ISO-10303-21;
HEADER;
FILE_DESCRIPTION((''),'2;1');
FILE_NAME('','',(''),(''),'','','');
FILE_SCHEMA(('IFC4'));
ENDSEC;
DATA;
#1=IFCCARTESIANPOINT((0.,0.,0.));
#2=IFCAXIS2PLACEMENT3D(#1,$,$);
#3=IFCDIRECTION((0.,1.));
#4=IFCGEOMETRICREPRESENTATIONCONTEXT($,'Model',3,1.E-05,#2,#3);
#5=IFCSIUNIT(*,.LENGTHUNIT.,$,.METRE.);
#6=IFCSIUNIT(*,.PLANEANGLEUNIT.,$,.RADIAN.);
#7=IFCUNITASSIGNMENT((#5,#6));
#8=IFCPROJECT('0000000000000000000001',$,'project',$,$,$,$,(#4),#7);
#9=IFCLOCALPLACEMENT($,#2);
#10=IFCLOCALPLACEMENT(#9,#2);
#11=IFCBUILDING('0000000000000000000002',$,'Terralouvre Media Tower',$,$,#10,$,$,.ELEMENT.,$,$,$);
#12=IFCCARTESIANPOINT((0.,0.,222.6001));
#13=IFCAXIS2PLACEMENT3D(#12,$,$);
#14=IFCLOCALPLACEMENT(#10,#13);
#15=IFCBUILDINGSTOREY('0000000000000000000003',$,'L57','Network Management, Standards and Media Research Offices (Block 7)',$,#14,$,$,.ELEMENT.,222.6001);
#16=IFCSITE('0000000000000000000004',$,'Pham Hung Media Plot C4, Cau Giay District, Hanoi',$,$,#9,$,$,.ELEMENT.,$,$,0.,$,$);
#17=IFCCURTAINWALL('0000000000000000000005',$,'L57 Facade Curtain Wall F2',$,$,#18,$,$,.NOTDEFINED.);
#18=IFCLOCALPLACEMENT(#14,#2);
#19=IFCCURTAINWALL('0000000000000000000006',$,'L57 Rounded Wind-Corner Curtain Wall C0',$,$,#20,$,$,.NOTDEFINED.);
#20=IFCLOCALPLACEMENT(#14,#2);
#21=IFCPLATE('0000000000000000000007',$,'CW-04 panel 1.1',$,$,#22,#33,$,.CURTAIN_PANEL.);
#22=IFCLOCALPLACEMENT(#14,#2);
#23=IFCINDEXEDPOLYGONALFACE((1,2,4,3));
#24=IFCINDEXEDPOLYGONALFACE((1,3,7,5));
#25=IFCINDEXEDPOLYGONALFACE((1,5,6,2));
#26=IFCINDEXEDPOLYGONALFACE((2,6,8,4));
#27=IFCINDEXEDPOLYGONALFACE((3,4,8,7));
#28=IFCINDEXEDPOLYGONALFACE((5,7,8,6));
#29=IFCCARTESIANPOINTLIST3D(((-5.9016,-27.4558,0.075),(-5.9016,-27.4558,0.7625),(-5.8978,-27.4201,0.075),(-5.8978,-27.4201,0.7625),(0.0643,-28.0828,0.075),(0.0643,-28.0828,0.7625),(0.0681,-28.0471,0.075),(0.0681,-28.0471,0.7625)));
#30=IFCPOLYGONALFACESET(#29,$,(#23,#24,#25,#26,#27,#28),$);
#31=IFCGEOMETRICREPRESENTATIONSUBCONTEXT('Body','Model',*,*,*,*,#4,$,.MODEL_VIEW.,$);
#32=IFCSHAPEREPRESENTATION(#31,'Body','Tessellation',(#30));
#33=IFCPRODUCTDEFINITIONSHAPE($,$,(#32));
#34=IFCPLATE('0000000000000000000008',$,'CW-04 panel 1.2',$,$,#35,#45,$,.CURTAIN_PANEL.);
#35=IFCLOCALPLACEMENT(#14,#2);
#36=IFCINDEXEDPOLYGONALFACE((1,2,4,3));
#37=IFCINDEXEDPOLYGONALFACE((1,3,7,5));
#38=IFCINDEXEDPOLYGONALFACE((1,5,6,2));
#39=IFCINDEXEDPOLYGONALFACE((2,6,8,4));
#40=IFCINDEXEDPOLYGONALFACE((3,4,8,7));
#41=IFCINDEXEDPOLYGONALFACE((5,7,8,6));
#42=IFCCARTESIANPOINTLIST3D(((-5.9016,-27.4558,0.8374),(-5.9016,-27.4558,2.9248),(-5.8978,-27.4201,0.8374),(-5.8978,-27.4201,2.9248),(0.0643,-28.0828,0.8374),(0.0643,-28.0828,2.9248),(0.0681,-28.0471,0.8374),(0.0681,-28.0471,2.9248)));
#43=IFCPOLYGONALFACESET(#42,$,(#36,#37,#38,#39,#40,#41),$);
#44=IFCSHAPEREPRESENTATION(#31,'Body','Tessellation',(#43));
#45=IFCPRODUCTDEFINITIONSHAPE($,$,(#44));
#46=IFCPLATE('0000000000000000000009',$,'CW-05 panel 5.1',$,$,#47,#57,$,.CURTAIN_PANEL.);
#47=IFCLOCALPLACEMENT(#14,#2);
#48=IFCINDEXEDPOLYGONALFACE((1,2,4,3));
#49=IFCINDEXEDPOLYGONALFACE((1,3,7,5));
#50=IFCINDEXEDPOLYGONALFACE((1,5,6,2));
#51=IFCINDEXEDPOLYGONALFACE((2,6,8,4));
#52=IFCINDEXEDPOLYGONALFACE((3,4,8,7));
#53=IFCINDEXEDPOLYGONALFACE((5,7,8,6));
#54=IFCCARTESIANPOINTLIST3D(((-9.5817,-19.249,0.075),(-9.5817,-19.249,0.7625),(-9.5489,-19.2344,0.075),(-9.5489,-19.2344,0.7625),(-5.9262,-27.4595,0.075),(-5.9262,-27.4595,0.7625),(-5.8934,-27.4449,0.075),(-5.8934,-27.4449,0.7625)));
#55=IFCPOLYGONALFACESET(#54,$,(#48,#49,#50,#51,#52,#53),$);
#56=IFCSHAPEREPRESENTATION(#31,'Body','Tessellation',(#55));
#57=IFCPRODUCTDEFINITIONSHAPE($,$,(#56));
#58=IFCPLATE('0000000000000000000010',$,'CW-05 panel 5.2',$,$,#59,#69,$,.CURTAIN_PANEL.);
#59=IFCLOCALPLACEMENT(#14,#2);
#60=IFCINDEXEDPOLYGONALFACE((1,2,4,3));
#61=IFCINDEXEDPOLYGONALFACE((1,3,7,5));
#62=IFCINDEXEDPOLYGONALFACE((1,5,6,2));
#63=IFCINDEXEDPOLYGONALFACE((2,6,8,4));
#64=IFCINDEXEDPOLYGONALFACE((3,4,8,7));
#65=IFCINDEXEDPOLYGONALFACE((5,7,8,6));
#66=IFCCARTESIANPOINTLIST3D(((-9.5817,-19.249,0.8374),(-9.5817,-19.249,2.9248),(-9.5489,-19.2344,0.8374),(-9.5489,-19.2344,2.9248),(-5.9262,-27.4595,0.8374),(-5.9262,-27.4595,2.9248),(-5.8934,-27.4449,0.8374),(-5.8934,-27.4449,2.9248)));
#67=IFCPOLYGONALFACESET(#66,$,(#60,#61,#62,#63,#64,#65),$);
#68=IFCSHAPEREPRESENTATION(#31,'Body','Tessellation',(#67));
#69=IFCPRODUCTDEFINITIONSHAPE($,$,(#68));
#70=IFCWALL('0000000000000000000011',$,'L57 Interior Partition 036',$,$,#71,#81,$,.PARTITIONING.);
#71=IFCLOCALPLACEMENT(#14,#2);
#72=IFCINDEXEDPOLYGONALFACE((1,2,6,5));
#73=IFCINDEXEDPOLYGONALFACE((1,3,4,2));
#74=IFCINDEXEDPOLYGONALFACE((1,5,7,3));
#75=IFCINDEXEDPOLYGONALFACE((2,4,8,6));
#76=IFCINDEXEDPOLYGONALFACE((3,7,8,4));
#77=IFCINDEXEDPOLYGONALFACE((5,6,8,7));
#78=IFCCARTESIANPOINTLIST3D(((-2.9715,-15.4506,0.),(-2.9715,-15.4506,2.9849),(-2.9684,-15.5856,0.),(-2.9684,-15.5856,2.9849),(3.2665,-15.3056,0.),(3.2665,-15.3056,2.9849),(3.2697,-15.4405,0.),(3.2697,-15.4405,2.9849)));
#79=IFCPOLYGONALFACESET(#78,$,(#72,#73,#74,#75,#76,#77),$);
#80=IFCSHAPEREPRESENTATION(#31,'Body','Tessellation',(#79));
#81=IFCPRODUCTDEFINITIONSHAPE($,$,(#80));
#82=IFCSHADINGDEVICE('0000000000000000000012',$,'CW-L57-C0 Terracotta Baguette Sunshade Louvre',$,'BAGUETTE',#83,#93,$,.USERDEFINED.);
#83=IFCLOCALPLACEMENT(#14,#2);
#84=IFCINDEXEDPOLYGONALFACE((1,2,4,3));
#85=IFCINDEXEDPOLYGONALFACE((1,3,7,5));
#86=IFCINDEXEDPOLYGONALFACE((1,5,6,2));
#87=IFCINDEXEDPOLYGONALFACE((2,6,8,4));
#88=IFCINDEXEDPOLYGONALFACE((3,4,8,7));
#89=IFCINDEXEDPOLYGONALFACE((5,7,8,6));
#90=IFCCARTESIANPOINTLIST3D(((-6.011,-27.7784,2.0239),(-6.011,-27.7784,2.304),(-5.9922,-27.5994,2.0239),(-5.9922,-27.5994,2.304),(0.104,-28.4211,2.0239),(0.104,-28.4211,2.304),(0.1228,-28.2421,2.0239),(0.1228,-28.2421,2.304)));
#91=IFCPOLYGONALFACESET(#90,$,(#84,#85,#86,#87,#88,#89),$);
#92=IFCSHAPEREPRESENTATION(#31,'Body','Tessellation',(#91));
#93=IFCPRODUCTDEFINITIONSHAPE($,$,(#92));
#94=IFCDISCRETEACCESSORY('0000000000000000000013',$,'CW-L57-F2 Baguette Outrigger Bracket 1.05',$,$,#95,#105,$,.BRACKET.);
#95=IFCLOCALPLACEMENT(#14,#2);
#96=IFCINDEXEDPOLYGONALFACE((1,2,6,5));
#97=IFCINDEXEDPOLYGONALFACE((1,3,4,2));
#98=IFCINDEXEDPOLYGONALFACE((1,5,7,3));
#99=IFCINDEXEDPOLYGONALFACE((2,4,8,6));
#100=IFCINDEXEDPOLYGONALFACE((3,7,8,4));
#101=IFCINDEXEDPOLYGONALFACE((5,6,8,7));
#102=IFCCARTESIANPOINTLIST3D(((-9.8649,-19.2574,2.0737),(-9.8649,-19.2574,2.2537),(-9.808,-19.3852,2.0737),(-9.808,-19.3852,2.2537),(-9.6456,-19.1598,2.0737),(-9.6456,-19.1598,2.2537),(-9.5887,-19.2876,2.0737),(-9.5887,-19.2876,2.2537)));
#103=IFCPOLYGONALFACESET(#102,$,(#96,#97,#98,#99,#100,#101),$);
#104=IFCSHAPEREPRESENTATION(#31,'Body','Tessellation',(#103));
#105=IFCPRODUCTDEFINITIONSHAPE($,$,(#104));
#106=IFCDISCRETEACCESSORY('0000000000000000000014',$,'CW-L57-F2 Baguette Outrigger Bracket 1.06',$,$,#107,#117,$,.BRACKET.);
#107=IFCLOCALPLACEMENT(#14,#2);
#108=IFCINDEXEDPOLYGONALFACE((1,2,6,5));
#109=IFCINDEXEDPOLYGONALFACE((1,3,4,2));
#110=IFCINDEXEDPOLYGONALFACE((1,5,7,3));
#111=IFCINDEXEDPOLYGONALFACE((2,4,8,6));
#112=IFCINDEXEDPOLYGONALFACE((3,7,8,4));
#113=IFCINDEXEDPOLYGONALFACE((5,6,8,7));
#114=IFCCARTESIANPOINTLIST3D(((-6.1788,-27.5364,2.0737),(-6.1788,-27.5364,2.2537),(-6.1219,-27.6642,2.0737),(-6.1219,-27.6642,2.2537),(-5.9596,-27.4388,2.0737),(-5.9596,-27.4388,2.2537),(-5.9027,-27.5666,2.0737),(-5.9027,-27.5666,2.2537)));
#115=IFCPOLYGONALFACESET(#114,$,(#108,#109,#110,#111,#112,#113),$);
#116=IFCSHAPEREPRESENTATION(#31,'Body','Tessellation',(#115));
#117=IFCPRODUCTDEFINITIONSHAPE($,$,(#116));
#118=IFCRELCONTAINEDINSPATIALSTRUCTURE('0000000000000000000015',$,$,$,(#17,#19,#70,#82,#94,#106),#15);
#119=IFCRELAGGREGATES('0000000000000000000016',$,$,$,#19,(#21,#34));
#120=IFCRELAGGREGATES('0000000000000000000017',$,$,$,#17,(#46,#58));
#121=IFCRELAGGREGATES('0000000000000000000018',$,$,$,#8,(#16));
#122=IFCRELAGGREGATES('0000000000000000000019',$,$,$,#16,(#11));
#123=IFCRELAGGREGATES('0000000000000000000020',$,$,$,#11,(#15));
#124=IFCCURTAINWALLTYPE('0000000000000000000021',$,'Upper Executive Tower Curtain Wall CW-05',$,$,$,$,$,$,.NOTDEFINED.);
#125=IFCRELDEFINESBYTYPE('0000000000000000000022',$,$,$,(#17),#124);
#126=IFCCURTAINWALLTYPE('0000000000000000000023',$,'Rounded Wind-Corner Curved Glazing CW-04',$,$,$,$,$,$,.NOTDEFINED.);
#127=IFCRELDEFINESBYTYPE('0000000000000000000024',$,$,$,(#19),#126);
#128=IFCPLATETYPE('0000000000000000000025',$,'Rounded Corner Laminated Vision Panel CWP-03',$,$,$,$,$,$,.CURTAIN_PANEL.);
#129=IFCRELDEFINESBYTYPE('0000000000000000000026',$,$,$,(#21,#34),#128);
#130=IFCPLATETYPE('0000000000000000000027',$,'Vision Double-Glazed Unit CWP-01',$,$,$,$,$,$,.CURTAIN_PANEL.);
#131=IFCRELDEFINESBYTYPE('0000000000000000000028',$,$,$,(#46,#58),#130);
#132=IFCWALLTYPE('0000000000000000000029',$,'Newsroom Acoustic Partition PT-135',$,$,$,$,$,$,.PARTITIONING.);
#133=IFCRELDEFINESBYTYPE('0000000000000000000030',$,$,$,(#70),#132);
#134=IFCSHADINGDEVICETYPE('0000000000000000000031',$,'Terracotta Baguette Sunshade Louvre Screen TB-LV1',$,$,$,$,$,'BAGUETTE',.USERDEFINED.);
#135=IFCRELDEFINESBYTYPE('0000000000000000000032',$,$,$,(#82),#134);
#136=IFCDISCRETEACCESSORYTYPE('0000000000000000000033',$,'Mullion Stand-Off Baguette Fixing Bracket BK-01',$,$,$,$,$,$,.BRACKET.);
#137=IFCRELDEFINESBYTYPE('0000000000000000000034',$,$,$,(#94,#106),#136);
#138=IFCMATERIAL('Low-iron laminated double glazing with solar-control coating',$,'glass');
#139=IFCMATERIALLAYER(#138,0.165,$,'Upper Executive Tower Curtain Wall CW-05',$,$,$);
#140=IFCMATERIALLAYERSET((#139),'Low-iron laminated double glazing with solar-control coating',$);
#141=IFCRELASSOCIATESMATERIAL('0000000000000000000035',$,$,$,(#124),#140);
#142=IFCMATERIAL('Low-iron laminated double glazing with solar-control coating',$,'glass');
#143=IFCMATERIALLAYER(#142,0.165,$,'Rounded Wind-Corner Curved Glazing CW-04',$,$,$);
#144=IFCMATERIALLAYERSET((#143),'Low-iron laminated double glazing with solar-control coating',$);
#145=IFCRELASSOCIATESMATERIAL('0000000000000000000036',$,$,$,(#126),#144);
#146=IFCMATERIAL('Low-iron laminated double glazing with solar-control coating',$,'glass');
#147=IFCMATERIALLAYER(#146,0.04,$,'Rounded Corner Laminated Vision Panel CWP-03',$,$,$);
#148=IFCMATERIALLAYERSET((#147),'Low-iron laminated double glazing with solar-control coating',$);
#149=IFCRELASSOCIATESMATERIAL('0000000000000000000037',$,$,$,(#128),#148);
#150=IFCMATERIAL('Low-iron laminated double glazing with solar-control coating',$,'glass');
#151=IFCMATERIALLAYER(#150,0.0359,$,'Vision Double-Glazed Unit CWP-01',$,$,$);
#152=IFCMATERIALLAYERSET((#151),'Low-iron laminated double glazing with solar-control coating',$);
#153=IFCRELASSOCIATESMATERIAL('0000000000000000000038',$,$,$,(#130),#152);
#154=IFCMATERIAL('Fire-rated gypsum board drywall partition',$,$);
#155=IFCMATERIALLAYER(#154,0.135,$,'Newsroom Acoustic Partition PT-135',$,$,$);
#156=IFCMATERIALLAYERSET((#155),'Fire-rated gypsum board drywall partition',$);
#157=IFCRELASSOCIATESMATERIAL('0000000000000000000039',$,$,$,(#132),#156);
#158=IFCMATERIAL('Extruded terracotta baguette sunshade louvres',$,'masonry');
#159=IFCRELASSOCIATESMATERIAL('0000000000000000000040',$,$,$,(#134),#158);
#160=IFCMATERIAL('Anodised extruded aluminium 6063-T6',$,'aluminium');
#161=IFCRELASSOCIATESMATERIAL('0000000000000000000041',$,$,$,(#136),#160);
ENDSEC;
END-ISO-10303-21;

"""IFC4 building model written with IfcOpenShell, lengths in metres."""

from ifc_helpers import new_model, si_unit, direction, frame, frame_2d, origin, origin_2d, place, context, subcontext, project, spatial, rectangle, extrude, material, layer, layer_set, type_object, element, aggregate, save


model = new_model("IFC4")

# Units and contexts
model_context = context("Model", 3, precision=1e-05, world=origin(), true_north=direction((0.0, 1.0)))
body_context = subcontext(model_context, "Body", "Model", "MODEL_VIEW")
ifc_project = project(units=[si_unit("LENGTHUNIT", "METRE"), si_unit("PLANEANGLEUNIT", "RADIAN")], contexts=[model_context])

# Site, building, storey
site_placement = place(None, origin())
site = spatial("IfcSite", under=ifc_project, at=site_placement, Name="Pham Hung Media Plot C4, Cau Giay District, Hanoi", CompositionType="ELEMENT", RefElevation=0.0)
building_placement = place(site_placement, origin())
building = spatial("IfcBuilding", under=site, at=building_placement, Name="Terralouvre Media Tower", CompositionType="ELEMENT")
storey_placement = place(building_placement, frame((0.0, 0.0, 222.6001)))
storey = spatial("IfcBuildingStorey", under=building, at=storey_placement, Name="L57", Description="Network Management, Standards and Media Research Offices (Block 7)", CompositionType="ELEMENT", Elevation=222.6001)

# Curtain walls
ifc_material_1 = material(Name="Low-iron laminated double glazing with solar-control coating", Category="glass")
ifc_layer_1 = layer(ifc_material_1, 0.165, Name="Upper Executive Tower Curtain Wall CW-05")
ifc_layer_set_1 = layer_set([ifc_layer_1], Name="Low-iron laminated double glazing with solar-control coating")
curtain_wall_type_1 = type_object("IfcCurtainWallType", Name="Upper Executive Tower Curtain Wall CW-05", PredefinedType="NOTDEFINED", material=ifc_layer_set_1)
curtain_wall_1_placement = place(storey_placement, origin())
curtain_wall_1 = element("IfcCurtainWall", 1, at=curtain_wall_1_placement, inside=storey, type_object=curtain_wall_type_1, Name="L57 Facade Curtain Wall F2", PredefinedType="NOTDEFINED")
ifc_material_2 = material(Name="Low-iron laminated double glazing with solar-control coating", Category="glass")
ifc_layer_2 = layer(ifc_material_2, 0.165, Name="Rounded Wind-Corner Curved Glazing CW-04")
ifc_layer_set_2 = layer_set([ifc_layer_2], Name="Low-iron laminated double glazing with solar-control coating")
curtain_wall_type_2 = type_object("IfcCurtainWallType", Name="Rounded Wind-Corner Curved Glazing CW-04", PredefinedType="NOTDEFINED", material=ifc_layer_set_2)
curtain_wall_2_placement = place(storey_placement, origin())
curtain_wall_2 = element("IfcCurtainWall", 2, at=curtain_wall_2_placement, inside=storey, type_object=curtain_wall_type_2, Name="L57 Rounded Wind-Corner Curtain Wall C0", PredefinedType="NOTDEFINED")

# Plates
ifc_material_3 = material(Name="Low-iron laminated double glazing with solar-control coating", Category="glass")
ifc_layer_3 = layer(ifc_material_3, 0.04, Name="Rounded Corner Laminated Vision Panel CWP-03")
ifc_layer_set_3 = layer_set([ifc_layer_3], Name="Low-iron laminated double glazing with solar-control coating")
plate_type_1 = type_object("IfcPlateType", Name="Rounded Corner Laminated Vision Panel CWP-03", PredefinedType="CURTAIN_PANEL", material=ifc_layer_set_3)
plate_1_placement = place(storey_placement, frame((-2.9167, -27.7515, 0.075), z_axis=(0.0, 0.0, 1.0), x_axis=(0.994522, -0.104528, 0.0)))
plate_1 = element("IfcPlate", 3, at=plate_1_placement, type_object=plate_type_1, Name="CW-04 panel 1.1", PredefinedType="CURTAIN_PANEL", context=body_context, shape_type="SweptSolid", body=[
    extrude(rectangle(XDim=5.9988, YDim=0.0359, at=origin_2d()), origin(), (0.0, 0.0, 1.0), 0.6875),
])
plate_2_placement = place(storey_placement, frame((-2.9167, -27.7515, 0.8374), z_axis=(0.0, 0.0, 1.0), x_axis=(0.994522, -0.104528, 0.0)))
plate_2 = element("IfcPlate", 4, at=plate_2_placement, type_object=plate_type_1, Name="CW-04 panel 1.2", PredefinedType="CURTAIN_PANEL", context=body_context, shape_type="SweptSolid", body=[
    extrude(rectangle(XDim=5.9988, YDim=0.0359, at=origin_2d()), origin(), (0.0, 0.0, 1.0), 2.0874),
])
aggregate(curtain_wall_2, [plate_1, plate_2])
ifc_material_4 = material(Name="Low-iron laminated double glazing with solar-control coating", Category="glass")
ifc_layer_4 = layer(ifc_material_4, 0.0359, Name="Vision Double-Glazed Unit CWP-01")
ifc_layer_set_4 = layer_set([ifc_layer_4], Name="Low-iron laminated double glazing with solar-control coating")
plate_type_2 = type_object("IfcPlateType", Name="Vision Double-Glazed Unit CWP-01", PredefinedType="CURTAIN_PANEL", material=ifc_layer_set_4)
plate_3_placement = place(storey_placement, frame((-7.7375, -23.3469, 0.075), z_axis=(0.0, 0.0, 1.0), x_axis=(0.406737, -0.913545, 0.0)))
plate_3 = element("IfcPlate", 5, at=plate_3_placement, type_object=plate_type_2, Name="CW-05 panel 5.1", PredefinedType="CURTAIN_PANEL", context=body_context, shape_type="SweptSolid", body=[
    extrude(rectangle(XDim=8.9875, YDim=0.0359, at=origin_2d()), origin(), (0.0, 0.0, 1.0), 0.6875),
])
plate_4_placement = place(storey_placement, frame((-7.7375, -23.3469, 0.8374), z_axis=(0.0, 0.0, 1.0), x_axis=(0.406737, -0.913545, 0.0)))
plate_4 = element("IfcPlate", 6, at=plate_4_placement, type_object=plate_type_2, Name="CW-05 panel 5.2", PredefinedType="CURTAIN_PANEL", context=body_context, shape_type="SweptSolid", body=[
    extrude(rectangle(XDim=8.9875, YDim=0.0359, at=origin_2d()), origin(), (0.0, 0.0, 1.0), 2.0874),
])
aggregate(curtain_wall_1, [plate_3, plate_4])

# Wall
ifc_material_5 = material(Name="Fire-rated gypsum board drywall partition")
ifc_layer_5 = layer(ifc_material_5, 0.135, Name="Newsroom Acoustic Partition PT-135")
ifc_layer_set_5 = layer_set([ifc_layer_5], Name="Fire-rated gypsum board drywall partition")
wall_type = type_object("IfcWallType", Name="Newsroom Acoustic Partition PT-135", PredefinedType="PARTITIONING", material=ifc_layer_set_5)
wall_placement = place(storey_placement, frame((-2.97, -15.5181, 0.0), z_axis=(0.0, 0.0, 1.0), x_axis=(0.99973, 0.023241, 0.0)))
element("IfcWall", 7, at=wall_placement, inside=storey, type_object=wall_type, Name="L57 Interior Partition 036", PredefinedType="PARTITIONING", context=body_context, shape_type="SweptSolid", body=[
    extrude(rectangle(XDim=6.2397, YDim=0.135, at=frame_2d((3.1199, 0.0))), origin(), (0.0, 0.0, 1.0), 2.9849),
])

# Shading device
ifc_material_6 = material(Name="Extruded terracotta baguette sunshade louvres", Category="masonry")
shading_device_type = type_object("IfcShadingDeviceType", Name="Terracotta Baguette Sunshade Louvre Screen TB-LV1", ElementType="BAGUETTE", PredefinedType="USERDEFINED", material=ifc_material_6)
shading_device_placement = place(storey_placement, frame((-2.9441, -28.0103, 2.0239), z_axis=(0.0, 0.0, 1.0), x_axis=(0.994522, -0.104528, 0.0)))
element("IfcShadingDevice", 8, at=shading_device_placement, inside=storey, type_object=shading_device_type, Name="CW-L57-C0 Terracotta Baguette Sunshade Louvre", ObjectType="BAGUETTE", PredefinedType="USERDEFINED", context=body_context, shape_type="SweptSolid", body=[
    extrude(rectangle(XDim=6.1487, YDim=0.1799, at=origin_2d()), origin(), (0.0, 0.0, 1.0), 0.28),
])

# Discrete accessories
ifc_material_7 = material(Name="Anodised extruded aluminium 6063-T6", Category="aluminium")
discrete_accessory_type = type_object("IfcDiscreteAccessoryType", Name="Mullion Stand-Off Baguette Fixing Bracket BK-01", PredefinedType="BRACKET", material=ifc_material_7)
for number, where, z_axis, x_axis, name in (
    (9, (-9.7268, -19.2725, 2.0737), (0.0, 0.0, 1.0), (0.406737, -0.913545, 0.0), "CW-L57-F2 Baguette Outrigger Bracket 1.05"),
    (10, (-6.0408, -27.5515, 2.0737), (0.0, 0.0, 1.0), (0.406737, -0.913545, 0.0), "CW-L57-F2 Baguette Outrigger Bracket 1.06"),
):
    element("IfcDiscreteAccessory", number, at=place(storey_placement, frame(where, z_axis=z_axis, x_axis=x_axis)), inside=storey, type_object=discrete_accessory_type, Name=name, PredefinedType="BRACKET", context=body_context, shape_type="SweptSolid", body=[
        extrude(rectangle(XDim=0.1399, YDim=0.24, at=origin_2d()), origin(), (0.0, 0.0, 1.0), 0.1799),
    ])

save(model, "model.ifc")
